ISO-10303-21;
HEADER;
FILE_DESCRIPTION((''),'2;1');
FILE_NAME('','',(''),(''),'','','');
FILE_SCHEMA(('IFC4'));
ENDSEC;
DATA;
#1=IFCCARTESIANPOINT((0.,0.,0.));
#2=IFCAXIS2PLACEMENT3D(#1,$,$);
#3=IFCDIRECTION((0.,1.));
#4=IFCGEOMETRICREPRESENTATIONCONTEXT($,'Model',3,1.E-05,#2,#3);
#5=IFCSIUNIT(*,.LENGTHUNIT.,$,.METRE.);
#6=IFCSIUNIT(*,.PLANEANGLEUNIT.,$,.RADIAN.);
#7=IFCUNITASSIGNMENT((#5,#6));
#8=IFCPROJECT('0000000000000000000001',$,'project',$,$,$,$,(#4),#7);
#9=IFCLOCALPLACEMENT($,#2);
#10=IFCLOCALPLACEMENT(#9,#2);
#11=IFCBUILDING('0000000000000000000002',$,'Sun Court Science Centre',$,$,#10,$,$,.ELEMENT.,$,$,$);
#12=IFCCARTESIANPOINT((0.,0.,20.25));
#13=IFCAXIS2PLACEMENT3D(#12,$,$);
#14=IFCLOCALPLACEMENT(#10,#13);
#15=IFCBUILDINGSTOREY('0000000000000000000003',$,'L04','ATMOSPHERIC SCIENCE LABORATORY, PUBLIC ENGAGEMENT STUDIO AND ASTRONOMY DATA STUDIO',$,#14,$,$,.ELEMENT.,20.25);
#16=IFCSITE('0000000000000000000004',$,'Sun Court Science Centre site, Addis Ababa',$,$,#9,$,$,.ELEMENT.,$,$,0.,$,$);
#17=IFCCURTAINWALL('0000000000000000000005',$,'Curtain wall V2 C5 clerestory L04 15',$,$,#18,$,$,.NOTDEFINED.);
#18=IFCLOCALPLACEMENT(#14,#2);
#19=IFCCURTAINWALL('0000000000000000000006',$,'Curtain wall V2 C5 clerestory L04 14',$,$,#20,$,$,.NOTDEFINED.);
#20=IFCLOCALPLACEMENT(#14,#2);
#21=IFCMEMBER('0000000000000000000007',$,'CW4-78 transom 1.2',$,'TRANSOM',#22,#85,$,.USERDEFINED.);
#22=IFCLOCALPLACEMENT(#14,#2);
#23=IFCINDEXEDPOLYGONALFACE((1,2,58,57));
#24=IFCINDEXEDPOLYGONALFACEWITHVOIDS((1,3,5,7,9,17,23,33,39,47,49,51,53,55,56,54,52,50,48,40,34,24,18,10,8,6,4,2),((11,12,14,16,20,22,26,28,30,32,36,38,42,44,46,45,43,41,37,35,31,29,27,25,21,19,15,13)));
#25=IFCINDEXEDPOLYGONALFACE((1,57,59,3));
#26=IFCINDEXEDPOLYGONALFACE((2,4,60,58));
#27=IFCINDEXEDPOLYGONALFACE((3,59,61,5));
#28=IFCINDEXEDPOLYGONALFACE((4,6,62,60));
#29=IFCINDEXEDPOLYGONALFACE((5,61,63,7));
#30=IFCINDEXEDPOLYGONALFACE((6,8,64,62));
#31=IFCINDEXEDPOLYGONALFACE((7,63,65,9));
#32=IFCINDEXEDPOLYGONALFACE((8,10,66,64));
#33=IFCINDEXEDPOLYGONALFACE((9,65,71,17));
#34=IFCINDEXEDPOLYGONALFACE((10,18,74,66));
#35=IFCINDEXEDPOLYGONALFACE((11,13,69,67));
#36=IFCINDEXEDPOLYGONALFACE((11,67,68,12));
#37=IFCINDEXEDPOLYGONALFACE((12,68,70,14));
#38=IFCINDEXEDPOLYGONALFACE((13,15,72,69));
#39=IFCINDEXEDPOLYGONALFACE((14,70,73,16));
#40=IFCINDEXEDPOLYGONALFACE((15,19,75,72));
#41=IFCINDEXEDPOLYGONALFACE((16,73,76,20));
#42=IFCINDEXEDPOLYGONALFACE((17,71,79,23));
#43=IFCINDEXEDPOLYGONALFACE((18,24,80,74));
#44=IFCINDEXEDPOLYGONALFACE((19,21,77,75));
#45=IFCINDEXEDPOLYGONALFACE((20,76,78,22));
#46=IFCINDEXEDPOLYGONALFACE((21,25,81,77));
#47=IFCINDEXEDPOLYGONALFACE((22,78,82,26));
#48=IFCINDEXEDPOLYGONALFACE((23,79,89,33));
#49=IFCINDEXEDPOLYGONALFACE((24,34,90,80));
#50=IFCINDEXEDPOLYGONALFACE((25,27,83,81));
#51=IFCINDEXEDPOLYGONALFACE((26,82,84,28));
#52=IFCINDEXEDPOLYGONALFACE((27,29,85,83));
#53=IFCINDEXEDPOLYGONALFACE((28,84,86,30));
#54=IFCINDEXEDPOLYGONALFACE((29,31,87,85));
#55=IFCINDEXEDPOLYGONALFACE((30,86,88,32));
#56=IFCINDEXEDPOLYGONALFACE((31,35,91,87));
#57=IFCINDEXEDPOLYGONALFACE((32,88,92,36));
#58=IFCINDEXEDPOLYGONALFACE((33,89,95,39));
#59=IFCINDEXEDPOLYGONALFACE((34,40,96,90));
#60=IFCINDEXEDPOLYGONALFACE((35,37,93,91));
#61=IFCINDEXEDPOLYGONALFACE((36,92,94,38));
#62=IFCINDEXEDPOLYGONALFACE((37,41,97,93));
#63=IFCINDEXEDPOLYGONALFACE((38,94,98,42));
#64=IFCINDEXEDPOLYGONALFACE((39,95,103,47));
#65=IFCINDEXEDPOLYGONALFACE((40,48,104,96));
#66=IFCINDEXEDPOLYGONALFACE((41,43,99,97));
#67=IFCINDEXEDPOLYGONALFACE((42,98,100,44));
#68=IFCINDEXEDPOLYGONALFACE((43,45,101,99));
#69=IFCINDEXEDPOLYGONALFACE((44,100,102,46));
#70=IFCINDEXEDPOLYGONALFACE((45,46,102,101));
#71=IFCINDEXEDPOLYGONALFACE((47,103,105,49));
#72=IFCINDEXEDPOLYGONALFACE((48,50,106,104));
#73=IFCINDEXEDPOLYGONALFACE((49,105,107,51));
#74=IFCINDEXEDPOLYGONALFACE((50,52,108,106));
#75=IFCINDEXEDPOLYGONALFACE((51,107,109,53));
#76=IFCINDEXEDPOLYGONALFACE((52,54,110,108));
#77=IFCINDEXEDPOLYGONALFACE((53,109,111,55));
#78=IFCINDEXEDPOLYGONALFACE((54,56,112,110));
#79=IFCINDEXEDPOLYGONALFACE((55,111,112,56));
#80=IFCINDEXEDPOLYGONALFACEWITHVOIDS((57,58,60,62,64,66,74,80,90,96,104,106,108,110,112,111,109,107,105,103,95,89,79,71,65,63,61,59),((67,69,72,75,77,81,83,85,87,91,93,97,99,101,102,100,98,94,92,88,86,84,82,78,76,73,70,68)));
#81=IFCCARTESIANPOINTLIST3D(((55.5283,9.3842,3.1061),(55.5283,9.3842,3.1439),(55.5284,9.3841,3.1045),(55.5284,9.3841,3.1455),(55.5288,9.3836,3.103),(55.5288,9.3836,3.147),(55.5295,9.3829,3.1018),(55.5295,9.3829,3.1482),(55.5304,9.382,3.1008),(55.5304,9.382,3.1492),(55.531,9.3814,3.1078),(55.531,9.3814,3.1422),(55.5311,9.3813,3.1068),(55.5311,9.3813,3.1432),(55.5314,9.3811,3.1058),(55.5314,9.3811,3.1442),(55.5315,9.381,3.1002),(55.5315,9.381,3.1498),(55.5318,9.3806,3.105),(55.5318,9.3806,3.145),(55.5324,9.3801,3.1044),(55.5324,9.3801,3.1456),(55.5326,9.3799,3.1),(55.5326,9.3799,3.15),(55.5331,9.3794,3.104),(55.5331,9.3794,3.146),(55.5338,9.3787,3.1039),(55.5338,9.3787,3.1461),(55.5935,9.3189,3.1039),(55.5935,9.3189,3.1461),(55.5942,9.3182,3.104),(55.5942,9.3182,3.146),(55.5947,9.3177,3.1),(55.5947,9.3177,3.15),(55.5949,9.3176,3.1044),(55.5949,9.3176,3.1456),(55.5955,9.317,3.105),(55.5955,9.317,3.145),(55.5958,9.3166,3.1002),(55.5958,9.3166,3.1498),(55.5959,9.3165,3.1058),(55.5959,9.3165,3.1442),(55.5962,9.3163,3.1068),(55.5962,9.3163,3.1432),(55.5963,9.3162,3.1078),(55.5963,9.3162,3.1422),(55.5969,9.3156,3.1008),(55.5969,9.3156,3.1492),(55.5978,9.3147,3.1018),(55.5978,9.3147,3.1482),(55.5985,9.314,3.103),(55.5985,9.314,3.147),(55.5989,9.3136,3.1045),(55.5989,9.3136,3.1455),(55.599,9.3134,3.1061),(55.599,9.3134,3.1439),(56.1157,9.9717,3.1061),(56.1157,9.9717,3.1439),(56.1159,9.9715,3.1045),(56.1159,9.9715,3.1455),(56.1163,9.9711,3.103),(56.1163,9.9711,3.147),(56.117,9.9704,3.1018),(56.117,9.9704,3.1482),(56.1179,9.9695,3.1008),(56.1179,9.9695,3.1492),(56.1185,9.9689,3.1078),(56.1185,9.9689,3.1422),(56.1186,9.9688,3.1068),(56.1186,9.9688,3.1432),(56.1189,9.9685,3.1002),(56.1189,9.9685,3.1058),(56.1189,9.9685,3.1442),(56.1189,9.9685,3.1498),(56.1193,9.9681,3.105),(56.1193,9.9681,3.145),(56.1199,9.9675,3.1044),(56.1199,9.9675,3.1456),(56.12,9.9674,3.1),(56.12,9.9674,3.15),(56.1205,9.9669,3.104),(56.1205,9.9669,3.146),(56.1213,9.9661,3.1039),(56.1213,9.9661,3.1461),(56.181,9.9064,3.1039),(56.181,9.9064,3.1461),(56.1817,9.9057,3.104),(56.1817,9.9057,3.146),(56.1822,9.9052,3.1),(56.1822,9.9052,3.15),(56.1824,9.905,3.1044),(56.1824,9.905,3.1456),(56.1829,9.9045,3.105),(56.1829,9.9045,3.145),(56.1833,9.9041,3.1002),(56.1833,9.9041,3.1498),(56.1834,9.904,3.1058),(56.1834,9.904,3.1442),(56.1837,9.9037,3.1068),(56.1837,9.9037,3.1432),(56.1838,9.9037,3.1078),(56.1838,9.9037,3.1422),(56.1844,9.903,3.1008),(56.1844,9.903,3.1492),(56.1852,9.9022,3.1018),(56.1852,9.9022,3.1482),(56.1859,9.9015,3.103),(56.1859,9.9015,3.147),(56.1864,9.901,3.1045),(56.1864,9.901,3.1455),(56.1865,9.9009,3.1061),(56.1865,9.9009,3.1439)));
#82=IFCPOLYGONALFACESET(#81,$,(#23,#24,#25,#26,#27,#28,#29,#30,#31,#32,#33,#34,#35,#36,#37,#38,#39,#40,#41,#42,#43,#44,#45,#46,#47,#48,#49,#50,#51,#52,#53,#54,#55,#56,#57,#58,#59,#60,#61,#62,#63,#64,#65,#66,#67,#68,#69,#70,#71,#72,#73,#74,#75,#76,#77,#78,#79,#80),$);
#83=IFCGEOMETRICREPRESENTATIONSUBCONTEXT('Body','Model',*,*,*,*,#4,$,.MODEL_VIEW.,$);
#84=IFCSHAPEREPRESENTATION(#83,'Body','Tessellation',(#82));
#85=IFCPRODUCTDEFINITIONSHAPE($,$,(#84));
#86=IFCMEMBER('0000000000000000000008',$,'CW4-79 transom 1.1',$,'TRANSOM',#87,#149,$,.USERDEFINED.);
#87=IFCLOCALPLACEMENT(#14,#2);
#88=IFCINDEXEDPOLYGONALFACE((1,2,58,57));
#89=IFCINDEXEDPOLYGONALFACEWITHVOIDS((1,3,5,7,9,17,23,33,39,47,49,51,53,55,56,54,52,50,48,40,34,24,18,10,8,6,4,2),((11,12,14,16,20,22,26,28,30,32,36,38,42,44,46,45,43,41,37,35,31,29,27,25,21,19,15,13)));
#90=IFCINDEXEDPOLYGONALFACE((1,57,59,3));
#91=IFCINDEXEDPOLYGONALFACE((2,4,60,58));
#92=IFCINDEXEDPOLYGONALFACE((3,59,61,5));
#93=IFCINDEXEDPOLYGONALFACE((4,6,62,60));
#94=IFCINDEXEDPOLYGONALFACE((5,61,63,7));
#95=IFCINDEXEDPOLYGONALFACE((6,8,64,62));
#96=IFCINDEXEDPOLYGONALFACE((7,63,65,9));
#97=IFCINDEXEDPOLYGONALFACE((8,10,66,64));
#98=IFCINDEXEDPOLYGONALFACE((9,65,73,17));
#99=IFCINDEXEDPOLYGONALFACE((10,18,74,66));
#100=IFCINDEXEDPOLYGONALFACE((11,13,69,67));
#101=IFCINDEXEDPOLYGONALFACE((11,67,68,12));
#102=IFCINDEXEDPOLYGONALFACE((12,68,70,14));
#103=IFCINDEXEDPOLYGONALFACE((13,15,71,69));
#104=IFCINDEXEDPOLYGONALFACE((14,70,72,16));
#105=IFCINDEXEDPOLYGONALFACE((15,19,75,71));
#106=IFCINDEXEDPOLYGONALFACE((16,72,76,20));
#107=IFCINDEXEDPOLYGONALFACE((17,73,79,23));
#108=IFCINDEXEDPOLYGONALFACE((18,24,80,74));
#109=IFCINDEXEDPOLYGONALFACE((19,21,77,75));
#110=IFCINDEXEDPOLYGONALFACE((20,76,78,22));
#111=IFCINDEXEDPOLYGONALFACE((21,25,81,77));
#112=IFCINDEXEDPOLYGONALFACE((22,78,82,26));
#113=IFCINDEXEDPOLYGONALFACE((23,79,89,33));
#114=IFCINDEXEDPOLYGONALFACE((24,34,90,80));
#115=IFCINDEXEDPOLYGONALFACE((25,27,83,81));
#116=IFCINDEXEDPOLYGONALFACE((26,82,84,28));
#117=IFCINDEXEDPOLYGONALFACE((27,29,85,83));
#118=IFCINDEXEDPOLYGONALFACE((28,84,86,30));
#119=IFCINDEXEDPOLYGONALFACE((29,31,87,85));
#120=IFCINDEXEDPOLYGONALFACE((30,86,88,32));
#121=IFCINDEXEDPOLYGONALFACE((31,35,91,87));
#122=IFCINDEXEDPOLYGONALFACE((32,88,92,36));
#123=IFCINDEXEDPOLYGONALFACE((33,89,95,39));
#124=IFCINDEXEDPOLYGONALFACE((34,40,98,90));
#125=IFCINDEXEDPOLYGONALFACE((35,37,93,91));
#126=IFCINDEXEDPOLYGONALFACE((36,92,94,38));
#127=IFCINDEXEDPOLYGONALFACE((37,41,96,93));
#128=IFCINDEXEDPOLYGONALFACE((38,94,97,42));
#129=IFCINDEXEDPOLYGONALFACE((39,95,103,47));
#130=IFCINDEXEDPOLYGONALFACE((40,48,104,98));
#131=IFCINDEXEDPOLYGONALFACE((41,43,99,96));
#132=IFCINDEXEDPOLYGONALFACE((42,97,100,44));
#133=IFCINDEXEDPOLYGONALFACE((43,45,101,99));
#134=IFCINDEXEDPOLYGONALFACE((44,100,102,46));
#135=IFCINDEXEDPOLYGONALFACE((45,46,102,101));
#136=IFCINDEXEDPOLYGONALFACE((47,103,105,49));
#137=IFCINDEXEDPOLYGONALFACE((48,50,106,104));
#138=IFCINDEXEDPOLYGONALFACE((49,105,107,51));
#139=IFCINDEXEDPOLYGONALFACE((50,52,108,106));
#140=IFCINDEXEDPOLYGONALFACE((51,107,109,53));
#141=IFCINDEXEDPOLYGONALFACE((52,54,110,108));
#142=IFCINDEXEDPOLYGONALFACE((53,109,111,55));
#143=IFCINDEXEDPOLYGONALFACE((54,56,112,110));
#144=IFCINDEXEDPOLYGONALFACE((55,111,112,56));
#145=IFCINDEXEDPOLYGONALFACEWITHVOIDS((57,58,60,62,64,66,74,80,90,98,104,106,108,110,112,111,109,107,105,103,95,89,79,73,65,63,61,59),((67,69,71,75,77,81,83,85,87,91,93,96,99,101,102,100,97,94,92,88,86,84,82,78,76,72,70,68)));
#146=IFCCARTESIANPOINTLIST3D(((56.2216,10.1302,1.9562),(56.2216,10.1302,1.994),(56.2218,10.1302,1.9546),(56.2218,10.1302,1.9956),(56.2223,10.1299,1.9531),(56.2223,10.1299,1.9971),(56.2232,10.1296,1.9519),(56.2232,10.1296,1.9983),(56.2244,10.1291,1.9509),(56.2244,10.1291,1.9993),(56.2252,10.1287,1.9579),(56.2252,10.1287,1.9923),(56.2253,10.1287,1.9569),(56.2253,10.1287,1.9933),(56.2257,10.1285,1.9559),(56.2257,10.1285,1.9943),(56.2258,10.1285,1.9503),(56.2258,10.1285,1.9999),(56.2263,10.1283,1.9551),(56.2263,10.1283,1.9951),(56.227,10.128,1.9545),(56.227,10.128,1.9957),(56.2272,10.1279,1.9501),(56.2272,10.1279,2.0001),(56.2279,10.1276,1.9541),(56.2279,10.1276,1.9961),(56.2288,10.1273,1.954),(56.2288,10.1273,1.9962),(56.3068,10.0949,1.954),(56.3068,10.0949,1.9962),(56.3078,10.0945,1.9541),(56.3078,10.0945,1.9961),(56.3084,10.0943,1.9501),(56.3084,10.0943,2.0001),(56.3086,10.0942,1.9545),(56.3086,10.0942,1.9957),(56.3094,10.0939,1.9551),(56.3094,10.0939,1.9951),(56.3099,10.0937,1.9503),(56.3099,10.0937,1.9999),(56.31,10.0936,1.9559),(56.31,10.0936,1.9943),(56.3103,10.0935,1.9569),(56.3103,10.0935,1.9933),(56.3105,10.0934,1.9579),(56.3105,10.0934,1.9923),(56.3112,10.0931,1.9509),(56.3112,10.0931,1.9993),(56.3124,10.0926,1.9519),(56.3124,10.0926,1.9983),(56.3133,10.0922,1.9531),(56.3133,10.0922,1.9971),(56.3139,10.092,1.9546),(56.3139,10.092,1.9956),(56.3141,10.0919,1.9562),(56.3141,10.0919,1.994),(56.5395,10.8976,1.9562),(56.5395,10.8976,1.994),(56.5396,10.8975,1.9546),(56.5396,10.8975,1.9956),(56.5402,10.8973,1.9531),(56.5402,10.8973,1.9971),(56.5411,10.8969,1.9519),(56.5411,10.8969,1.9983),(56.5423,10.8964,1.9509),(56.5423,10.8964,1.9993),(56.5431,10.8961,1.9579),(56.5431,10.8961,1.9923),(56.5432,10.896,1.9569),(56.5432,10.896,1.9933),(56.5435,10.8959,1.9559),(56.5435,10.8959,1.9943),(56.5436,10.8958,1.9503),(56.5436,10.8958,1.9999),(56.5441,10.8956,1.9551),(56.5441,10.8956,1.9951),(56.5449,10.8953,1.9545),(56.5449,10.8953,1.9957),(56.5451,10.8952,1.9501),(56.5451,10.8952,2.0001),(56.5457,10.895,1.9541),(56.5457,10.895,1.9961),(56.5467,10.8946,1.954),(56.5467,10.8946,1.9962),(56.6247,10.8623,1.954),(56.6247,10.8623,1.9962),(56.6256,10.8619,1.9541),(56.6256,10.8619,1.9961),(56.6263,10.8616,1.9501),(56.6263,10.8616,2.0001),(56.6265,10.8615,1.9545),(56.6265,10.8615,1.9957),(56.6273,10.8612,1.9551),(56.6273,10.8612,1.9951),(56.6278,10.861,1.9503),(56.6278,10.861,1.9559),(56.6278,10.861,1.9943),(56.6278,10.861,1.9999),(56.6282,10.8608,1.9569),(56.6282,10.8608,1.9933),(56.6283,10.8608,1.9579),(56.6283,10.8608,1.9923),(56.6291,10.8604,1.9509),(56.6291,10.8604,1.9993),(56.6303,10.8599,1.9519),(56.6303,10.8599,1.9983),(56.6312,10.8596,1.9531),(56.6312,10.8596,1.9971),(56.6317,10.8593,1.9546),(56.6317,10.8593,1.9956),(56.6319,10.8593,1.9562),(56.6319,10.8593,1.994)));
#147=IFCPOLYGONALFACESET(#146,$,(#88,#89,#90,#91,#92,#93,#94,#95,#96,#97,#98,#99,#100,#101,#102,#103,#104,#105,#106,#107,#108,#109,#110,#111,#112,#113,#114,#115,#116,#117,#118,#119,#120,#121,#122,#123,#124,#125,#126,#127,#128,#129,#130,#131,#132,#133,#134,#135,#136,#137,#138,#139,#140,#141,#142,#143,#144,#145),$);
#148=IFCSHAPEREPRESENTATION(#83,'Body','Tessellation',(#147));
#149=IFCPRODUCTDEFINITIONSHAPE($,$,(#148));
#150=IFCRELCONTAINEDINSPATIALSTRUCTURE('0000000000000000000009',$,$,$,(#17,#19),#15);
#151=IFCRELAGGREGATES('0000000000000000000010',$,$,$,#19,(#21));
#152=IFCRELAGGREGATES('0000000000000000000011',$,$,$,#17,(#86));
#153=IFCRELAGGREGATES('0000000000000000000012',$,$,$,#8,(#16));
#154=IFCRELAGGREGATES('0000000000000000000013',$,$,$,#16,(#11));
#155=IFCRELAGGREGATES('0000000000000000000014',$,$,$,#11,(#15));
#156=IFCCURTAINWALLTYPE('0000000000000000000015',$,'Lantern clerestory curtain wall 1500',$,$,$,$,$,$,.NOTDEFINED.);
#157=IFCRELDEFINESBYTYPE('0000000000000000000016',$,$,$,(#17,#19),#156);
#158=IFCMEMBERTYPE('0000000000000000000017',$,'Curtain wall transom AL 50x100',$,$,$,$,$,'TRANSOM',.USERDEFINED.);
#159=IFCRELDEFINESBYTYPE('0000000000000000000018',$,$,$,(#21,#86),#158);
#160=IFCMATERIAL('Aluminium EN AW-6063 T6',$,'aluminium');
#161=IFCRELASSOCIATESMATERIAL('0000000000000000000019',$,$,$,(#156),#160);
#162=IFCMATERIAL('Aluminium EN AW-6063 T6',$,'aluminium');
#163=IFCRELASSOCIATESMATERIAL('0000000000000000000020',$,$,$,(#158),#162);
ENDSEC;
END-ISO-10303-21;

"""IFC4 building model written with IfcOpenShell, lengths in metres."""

from ifc_helpers import new_model, si_unit, direction, frame, origin, origin_2d, place, context, subcontext, project, spatial, hollow_rectangle, extrude, material, material_profile, profile_set, type_object, element, aggregate, save


model = new_model("IFC4")

# Units and contexts
model_context = context("Model", 3, precision=1e-05, world=origin(), true_north=direction((0.0, 1.0)))
body_context = subcontext(model_context, "Body", "Model", "MODEL_VIEW")
ifc_project = project(units=[si_unit("LENGTHUNIT", "METRE"), si_unit("PLANEANGLEUNIT", "RADIAN")], contexts=[model_context])

# Site, building, storey
site_placement = place(None, origin())
site = spatial("IfcSite", under=ifc_project, at=site_placement, Name="Sun Court Science Centre site, Addis Ababa", CompositionType="ELEMENT", RefElevation=0.0)
building_placement = place(site_placement, origin())
building = spatial("IfcBuilding", under=site, at=building_placement, Name="Sun Court Science Centre", CompositionType="ELEMENT")
storey_placement = place(building_placement, frame((0.0, 0.0, 20.25)))
storey = spatial("IfcBuildingStorey", under=building, at=storey_placement, Name="L04", Description="ATMOSPHERIC SCIENCE LABORATORY, PUBLIC ENGAGEMENT STUDIO AND ASTRONOMY DATA STUDIO", CompositionType="ELEMENT", Elevation=20.25)

# Curtain wall
ifc_material_1 = material(Name="Aluminium EN AW-6063 T6", Category="aluminium")
curtain_wall_type = type_object("IfcCurtainWallType", Name="Lantern clerestory curtain wall 1500", PredefinedType="NOTDEFINED", material=ifc_material_1)
curtain_wall_1_placement = place(storey_placement, origin())
curtain_wall_1 = element("IfcCurtainWall", 1, at=curtain_wall_1_placement, inside=storey, type_object=curtain_wall_type, Name="Curtain wall V2 C5 clerestory L04 15", PredefinedType="NOTDEFINED")

# Curtain wall, member
ifc_material_2 = material(Name="Aluminium EN AW-6063 T6", Category="aluminium")
ifc_material_profile_1 = material_profile(ifc_material_2, hollow_rectangle(XDim=0.05, YDim=0.1001, WallThickness=0.0039, InnerFilletRadius=0.0039, OuterFilletRadius=0.0061, at=origin_2d()), Name="AL 50x100x4")
ifc_profile_set_1 = profile_set([ifc_material_profile_1], Name="Aluminium EN AW-6063 T6")
member_type_1 = type_object("IfcMemberType", Name="Curtain wall transom AL 50x100", ElementType="TRANSOM", PredefinedType="USERDEFINED", material=ifc_profile_set_1)
curtain_wall_2_placement = place(storey_placement, origin())
curtain_wall_2 = element("IfcCurtainWall", 2, at=curtain_wall_2_placement, inside=storey, type_object=curtain_wall_type, Name="Curtain wall V2 C5 clerestory L04 14", PredefinedType="NOTDEFINED")
member_1_placement = place(storey_placement, frame((56.1511, 9.9363, 3.125), z_axis=(-0.707107, -0.707107, 0.0), x_axis=(0.0, 0.0, 1.0)))
member_1 = element("IfcMember", 3, at=member_1_placement, type_object=member_type_1, Name="CW4-78 transom 1.2", ObjectType="TRANSOM", PredefinedType="USERDEFINED", context=body_context, shape_type="SweptSolid", body=[
    extrude(hollow_rectangle(XDim=0.05, YDim=0.1001, WallThickness=0.0039, InnerFilletRadius=0.0039, OuterFilletRadius=0.0061, at=origin_2d()), origin(), (0.0, 0.0, 1.0), 0.8308),
])

# Member
member_2_placement = place(storey_placement, frame((56.5857, 10.8784, 1.9751), z_axis=(-0.382715, -0.923866, 0.0), x_axis=(0.0, 0.0, 1.0)))
member_2 = element("IfcMember", 4, at=member_2_placement, type_object=member_type_1, Name="CW4-79 transom 1.1", ObjectType="TRANSOM", PredefinedType="USERDEFINED", context=body_context, shape_type="SweptSolid", body=[
    extrude(hollow_rectangle(XDim=0.05, YDim=0.1001, WallThickness=0.0039, InnerFilletRadius=0.0039, OuterFilletRadius=0.0061, at=origin_2d()), origin(), (0.0, 0.0, 1.0), 0.8306),
])

aggregate(curtain_wall_2, [member_1])
aggregate(curtain_wall_1, [member_2])

save(model, "model.ifc")
